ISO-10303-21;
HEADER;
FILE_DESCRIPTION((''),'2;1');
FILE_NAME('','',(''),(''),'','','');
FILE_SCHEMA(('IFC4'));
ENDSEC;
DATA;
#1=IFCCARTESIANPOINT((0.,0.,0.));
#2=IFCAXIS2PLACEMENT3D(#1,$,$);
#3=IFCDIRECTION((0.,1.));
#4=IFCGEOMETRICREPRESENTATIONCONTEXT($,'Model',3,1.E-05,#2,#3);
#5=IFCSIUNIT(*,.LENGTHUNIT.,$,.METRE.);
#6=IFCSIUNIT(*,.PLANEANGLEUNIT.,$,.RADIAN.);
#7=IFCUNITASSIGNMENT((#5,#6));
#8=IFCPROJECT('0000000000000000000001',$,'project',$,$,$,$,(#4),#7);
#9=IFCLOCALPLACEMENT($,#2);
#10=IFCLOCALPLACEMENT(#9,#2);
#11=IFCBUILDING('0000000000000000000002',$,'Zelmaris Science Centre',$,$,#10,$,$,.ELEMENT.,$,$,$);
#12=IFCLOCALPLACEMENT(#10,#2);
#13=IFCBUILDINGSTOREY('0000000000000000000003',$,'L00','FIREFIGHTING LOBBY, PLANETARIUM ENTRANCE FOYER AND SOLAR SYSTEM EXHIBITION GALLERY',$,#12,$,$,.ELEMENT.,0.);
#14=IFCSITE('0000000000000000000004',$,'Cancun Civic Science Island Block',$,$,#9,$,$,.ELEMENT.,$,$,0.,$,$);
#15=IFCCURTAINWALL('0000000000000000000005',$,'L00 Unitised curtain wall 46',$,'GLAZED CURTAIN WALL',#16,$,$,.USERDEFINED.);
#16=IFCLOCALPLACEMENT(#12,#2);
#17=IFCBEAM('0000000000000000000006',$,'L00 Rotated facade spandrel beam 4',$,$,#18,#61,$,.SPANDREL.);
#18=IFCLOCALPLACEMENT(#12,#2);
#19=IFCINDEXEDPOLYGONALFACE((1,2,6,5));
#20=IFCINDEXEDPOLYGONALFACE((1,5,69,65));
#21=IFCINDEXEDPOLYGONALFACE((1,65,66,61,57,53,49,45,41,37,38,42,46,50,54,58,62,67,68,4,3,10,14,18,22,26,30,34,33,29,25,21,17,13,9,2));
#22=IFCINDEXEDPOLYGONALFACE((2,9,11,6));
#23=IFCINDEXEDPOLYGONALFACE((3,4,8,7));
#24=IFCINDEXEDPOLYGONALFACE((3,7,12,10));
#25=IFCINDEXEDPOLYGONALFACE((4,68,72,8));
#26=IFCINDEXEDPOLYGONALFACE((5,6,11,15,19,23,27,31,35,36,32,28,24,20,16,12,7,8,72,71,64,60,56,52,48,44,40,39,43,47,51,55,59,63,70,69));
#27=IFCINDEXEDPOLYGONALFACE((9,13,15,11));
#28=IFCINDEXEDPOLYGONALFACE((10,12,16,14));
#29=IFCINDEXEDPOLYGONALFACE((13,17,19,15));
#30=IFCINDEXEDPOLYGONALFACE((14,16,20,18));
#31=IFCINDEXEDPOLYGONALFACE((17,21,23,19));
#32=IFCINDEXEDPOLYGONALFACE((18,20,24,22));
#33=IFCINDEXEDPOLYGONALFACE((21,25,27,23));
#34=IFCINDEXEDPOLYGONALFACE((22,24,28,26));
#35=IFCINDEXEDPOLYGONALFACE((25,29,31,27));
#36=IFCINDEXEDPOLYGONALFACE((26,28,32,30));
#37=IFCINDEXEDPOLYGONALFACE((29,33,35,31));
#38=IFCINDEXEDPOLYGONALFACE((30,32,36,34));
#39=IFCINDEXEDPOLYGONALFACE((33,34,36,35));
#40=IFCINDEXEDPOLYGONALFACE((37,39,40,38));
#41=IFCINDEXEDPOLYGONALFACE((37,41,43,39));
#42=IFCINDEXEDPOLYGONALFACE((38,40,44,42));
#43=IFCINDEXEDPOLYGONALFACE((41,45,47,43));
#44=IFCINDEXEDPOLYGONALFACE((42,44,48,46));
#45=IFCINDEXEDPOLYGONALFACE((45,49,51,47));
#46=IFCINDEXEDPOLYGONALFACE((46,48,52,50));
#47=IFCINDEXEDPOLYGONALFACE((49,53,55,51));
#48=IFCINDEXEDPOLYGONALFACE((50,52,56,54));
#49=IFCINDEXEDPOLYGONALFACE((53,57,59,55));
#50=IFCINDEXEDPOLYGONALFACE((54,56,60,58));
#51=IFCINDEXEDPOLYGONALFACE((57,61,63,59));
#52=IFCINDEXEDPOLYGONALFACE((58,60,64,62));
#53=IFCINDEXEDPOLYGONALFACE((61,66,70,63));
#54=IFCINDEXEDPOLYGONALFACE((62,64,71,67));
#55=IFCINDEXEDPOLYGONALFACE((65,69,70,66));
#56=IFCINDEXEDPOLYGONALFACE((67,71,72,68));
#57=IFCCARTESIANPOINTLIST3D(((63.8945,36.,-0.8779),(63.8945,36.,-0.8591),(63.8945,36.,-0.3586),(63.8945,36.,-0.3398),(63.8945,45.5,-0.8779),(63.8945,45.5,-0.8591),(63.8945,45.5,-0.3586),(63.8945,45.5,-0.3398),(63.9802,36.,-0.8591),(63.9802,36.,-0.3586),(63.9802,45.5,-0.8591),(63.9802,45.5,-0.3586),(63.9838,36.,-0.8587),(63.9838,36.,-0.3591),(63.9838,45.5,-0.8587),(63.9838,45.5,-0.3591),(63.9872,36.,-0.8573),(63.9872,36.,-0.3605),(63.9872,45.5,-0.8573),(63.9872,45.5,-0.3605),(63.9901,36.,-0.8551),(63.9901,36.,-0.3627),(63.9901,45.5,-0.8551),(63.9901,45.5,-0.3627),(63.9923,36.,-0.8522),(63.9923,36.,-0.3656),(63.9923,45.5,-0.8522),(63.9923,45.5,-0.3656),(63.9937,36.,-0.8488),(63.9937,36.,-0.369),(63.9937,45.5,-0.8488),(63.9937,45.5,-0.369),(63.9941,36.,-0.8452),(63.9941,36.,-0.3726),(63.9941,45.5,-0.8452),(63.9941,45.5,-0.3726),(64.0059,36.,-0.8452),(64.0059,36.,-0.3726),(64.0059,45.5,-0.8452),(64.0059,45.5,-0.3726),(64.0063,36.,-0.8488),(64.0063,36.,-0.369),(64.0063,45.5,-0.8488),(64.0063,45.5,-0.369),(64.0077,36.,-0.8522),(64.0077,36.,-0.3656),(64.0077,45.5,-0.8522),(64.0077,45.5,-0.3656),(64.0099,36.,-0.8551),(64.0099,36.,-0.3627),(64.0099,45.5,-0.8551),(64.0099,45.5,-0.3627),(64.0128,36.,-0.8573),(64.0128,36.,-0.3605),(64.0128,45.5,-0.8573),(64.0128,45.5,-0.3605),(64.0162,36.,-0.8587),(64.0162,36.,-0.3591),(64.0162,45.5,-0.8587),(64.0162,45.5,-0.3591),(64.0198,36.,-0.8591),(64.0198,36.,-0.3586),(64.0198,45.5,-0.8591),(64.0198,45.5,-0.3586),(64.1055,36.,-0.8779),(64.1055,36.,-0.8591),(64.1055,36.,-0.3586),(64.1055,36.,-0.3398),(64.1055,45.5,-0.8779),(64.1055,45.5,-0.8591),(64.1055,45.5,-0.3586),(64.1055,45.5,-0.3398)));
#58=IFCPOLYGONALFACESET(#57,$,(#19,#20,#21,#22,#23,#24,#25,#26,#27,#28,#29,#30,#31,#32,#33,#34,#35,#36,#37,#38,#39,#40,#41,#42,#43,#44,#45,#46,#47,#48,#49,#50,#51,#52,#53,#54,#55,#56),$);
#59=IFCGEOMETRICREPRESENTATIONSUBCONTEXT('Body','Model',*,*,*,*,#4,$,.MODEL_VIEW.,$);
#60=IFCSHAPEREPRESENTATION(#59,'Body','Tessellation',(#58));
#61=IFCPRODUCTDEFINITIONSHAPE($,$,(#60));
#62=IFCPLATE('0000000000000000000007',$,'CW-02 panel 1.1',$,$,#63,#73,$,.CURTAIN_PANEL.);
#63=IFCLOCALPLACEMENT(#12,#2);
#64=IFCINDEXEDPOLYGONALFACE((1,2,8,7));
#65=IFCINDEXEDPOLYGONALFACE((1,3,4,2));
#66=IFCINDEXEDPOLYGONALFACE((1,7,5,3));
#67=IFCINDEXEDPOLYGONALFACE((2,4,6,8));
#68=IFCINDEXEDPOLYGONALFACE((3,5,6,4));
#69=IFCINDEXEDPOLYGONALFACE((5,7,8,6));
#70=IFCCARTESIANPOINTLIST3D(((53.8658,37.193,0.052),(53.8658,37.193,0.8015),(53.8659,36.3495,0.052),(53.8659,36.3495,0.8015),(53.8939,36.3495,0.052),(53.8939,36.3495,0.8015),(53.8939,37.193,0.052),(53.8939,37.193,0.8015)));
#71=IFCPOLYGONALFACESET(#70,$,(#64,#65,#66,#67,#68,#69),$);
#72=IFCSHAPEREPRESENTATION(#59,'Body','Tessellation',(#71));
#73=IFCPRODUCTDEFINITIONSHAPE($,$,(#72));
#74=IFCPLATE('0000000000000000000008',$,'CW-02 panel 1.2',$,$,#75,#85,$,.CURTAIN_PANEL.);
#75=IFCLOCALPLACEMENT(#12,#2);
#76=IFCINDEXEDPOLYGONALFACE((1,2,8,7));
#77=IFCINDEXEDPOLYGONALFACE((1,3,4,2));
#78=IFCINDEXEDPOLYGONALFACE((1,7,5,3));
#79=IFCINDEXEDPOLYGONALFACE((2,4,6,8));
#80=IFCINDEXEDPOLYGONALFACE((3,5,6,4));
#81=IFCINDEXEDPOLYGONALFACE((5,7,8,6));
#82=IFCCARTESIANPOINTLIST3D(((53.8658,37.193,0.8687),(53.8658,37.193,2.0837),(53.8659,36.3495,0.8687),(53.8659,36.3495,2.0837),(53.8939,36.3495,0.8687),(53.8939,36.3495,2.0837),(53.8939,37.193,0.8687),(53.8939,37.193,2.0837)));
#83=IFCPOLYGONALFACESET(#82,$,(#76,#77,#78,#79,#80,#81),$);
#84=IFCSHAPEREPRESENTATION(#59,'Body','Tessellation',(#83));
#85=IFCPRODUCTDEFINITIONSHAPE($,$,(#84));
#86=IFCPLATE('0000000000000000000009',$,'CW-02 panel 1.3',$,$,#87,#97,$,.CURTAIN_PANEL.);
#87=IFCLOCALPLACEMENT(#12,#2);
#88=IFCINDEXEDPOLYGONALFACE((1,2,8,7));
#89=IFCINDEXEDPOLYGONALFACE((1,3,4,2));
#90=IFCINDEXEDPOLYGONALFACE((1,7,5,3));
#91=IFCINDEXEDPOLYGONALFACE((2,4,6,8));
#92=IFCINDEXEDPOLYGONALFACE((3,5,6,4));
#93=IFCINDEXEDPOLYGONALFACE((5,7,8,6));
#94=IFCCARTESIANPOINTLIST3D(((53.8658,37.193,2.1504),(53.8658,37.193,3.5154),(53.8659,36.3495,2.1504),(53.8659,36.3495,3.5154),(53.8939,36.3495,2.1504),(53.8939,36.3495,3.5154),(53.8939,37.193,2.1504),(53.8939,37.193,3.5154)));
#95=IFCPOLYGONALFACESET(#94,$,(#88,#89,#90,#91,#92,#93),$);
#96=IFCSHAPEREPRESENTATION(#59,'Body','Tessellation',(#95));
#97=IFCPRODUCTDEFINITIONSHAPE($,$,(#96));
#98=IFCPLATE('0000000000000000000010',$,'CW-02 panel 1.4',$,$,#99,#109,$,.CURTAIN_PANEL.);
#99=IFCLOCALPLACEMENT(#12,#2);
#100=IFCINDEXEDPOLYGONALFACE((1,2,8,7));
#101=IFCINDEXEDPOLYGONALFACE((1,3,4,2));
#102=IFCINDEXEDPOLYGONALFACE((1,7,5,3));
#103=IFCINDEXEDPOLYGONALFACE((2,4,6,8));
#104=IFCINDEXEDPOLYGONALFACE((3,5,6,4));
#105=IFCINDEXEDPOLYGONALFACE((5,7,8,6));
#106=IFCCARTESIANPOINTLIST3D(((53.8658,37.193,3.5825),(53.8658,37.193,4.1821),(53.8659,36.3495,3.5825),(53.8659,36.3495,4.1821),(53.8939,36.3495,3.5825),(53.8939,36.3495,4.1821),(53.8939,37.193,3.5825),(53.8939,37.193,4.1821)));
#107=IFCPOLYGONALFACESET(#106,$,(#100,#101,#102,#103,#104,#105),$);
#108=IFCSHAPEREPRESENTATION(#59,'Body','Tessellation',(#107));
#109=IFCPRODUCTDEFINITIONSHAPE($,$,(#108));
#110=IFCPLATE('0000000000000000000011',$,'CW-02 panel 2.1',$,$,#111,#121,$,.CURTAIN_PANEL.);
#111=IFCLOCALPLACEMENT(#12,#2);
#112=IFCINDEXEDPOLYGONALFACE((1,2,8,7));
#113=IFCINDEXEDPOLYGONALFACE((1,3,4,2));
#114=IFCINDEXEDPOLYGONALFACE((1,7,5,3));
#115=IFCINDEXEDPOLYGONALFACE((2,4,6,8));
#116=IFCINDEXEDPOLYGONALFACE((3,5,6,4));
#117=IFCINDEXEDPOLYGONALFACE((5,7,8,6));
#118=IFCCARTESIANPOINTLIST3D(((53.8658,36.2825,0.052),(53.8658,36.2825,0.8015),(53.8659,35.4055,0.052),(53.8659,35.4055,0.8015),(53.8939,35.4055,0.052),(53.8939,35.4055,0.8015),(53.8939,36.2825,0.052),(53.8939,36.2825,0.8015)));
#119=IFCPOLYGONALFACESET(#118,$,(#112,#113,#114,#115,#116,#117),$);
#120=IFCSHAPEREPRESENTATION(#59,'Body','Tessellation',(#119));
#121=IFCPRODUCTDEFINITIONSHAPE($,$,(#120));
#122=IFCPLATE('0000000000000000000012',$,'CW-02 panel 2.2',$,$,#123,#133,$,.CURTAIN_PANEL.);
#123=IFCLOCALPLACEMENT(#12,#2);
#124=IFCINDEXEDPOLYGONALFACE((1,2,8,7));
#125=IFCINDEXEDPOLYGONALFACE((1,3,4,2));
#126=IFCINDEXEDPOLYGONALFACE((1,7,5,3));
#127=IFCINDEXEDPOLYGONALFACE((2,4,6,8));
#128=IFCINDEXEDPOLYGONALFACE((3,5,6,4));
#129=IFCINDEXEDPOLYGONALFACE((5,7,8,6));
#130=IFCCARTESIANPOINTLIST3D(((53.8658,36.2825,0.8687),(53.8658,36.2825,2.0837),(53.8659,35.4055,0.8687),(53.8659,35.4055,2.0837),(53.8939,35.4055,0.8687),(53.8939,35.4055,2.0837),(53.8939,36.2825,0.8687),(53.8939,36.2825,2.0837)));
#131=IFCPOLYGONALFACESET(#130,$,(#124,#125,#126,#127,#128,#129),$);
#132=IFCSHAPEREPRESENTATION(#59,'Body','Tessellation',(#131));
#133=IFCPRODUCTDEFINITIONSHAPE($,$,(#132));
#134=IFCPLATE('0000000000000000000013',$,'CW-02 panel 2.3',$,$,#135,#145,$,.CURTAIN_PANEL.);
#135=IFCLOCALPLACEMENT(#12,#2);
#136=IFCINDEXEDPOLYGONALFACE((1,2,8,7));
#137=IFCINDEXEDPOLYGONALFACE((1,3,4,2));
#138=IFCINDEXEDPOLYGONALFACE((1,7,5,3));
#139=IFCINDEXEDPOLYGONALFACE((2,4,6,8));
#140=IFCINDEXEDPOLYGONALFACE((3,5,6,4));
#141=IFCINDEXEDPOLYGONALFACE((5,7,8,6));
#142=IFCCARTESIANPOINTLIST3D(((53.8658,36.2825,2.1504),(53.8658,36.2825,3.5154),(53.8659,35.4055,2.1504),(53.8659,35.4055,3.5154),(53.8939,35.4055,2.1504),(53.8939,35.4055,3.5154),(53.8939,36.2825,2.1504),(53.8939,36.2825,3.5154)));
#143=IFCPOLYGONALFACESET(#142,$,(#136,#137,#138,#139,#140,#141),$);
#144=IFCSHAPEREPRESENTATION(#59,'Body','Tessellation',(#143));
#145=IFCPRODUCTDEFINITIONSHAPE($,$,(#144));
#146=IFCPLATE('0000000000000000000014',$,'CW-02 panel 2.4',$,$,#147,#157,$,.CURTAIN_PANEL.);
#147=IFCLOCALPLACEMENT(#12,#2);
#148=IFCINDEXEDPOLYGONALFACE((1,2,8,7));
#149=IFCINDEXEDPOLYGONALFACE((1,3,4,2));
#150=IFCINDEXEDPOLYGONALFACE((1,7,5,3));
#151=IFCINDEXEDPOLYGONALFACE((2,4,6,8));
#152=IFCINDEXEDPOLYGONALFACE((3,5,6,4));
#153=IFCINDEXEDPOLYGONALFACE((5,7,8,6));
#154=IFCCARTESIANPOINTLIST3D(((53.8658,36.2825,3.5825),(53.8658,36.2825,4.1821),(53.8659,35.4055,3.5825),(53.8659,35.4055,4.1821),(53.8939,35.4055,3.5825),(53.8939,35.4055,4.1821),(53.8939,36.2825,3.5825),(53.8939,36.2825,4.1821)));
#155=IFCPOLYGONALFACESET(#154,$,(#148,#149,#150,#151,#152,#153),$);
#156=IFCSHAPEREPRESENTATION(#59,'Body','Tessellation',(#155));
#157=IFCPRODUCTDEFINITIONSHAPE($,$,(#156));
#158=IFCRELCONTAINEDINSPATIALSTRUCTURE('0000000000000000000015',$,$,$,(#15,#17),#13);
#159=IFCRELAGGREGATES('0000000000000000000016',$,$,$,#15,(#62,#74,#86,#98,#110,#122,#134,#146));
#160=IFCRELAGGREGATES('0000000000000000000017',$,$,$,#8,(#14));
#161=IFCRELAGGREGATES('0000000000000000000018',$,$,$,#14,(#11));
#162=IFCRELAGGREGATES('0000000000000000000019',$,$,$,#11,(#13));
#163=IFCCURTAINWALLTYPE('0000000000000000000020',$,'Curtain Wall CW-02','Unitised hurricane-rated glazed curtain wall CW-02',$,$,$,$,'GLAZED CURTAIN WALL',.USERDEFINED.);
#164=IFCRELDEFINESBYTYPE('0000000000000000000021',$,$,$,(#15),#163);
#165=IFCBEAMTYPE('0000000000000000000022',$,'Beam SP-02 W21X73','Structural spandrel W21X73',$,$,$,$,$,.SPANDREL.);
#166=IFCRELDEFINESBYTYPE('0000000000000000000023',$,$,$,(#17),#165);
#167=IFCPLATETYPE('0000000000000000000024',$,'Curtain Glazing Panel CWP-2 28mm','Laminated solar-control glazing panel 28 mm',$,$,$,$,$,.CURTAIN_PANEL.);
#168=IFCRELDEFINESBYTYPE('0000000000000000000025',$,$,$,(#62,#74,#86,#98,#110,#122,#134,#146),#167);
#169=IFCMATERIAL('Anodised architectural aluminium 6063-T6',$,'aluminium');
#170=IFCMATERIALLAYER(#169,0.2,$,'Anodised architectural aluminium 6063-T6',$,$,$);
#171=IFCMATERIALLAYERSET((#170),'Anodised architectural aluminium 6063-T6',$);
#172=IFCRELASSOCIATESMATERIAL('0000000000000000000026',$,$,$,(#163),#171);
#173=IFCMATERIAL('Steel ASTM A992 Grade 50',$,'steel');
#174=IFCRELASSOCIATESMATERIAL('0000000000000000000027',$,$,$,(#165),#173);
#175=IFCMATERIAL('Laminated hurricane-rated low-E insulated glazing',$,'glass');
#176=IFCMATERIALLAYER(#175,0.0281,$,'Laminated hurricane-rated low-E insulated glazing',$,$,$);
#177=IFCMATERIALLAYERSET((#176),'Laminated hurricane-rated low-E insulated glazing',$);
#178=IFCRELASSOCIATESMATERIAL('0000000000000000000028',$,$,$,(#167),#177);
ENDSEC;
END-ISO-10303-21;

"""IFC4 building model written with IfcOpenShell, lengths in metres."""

from ifc_helpers import new_model, si_unit, direction, frame, origin, origin_2d, place, context, subcontext, project, spatial, rectangle, i_section, extrude, material, layer, layer_set, material_profile, profile_set, type_object, element, aggregate, save


model = new_model("IFC4")

# Units and contexts
model_context = context("Model", 3, precision=1e-05, world=origin(), true_north=direction((0.0, 1.0)))
body_context = subcontext(model_context, "Body", "Model", "MODEL_VIEW")
ifc_project = project(units=[si_unit("LENGTHUNIT", "METRE"), si_unit("PLANEANGLEUNIT", "RADIAN")], contexts=[model_context])

# Site, building, storey
site_placement = place(None, origin())
site = spatial("IfcSite", under=ifc_project, at=site_placement, Name="Cancun Civic Science Island Block", CompositionType="ELEMENT", RefElevation=0.0)
building_placement = place(site_placement, origin())
building = spatial("IfcBuilding", under=site, at=building_placement, Name="Zelmaris Science Centre", CompositionType="ELEMENT")
storey_placement = place(building_placement, origin())
storey = spatial("IfcBuildingStorey", under=building, at=storey_placement, Name="L00", Description="FIREFIGHTING LOBBY, PLANETARIUM ENTRANCE FOYER AND SOLAR SYSTEM EXHIBITION GALLERY", CompositionType="ELEMENT", Elevation=0.0)

# Shared definitions
ifc_material_1 = material(Name="Steel ASTM A992 Grade 50", Category="steel")

# Curtain wall
ifc_material_2 = material(Name="Anodised architectural aluminium 6063-T6", Category="aluminium")
ifc_layer_1 = layer(ifc_material_2, 0.2, Name="Anodised architectural aluminium 6063-T6")
ifc_layer_set_1 = layer_set([ifc_layer_1], Name="Anodised architectural aluminium 6063-T6")
curtain_wall_type_1 = type_object("IfcCurtainWallType", Name="Curtain Wall CW-02", Description="Unitised hurricane-rated glazed curtain wall CW-02", ElementType="GLAZED CURTAIN WALL", PredefinedType="USERDEFINED", material=ifc_layer_set_1)
curtain_wall_1_placement = place(storey_placement, origin())
curtain_wall_1 = element("IfcCurtainWall", 1, at=curtain_wall_1_placement, inside=storey, type_object=curtain_wall_type_1, Name="L00 Unitised curtain wall 46", ObjectType="GLAZED CURTAIN WALL", PredefinedType="USERDEFINED")

# Beam
ifc_material_profile_1 = material_profile(ifc_material_1, i_section(OverallWidth=0.2109, OverallDepth=0.5381, WebThickness=0.0117, FlangeThickness=0.0188, FilletRadius=0.0139, at=origin_2d()), Name="W21X73")
ifc_profile_set_1 = profile_set([ifc_material_profile_1], Name="Steel ASTM A992 Grade 50")
beam_type = type_object("IfcBeamType", Name="Beam SP-02 W21X73", Description="Structural spandrel W21X73", PredefinedType="SPANDREL", material=ifc_profile_set_1)
beam_placement = place(storey_placement, frame((64.0, 45.5, -0.6089), z_axis=(0.0, -1.0, 0.0), x_axis=(1.0, 0.0, 0.0)))
element("IfcBeam", 2, at=beam_placement, inside=storey, type_object=beam_type, Name="L00 Rotated facade spandrel beam 4", PredefinedType="SPANDREL", context=body_context, shape_type="SweptSolid", body=[
    extrude(i_section(OverallWidth=0.2109, OverallDepth=0.5381, WebThickness=0.0117, FlangeThickness=0.0188, FilletRadius=0.0139, at=origin_2d()), origin(), (0.0, 0.0, 1.0), 9.5),
])

# Plates
ifc_material_3 = material(Name="Laminated hurricane-rated low-E insulated glazing", Category="glass")
ifc_layer_2 = layer(ifc_material_3, 0.0281, Name="Laminated hurricane-rated low-E insulated glazing")
ifc_layer_set_2 = layer_set([ifc_layer_2], Name="Laminated hurricane-rated low-E insulated glazing")
plate_type = type_object("IfcPlateType", Name="Curtain Glazing Panel CWP-2 28mm", Description="Laminated solar-control glazing panel 28 mm", PredefinedType="CURTAIN_PANEL", material=ifc_layer_set_2)
plate_1_placement = place(storey_placement, frame((53.8799, 36.7712, 0.052), z_axis=(0.0, 0.0, 1.0), x_axis=(0.000021, -1.0, 0.0)))
plate_1 = element("IfcPlate", 3, at=plate_1_placement, type_object=plate_type, Name="CW-02 panel 1.1", PredefinedType="CURTAIN_PANEL", context=body_context, shape_type="SweptSolid", body=[
    extrude(rectangle(XDim=0.8435, YDim=0.0281, at=origin_2d()), origin(), (0.0, 0.0, 1.0), 0.7495),
])
plate_2_placement = place(storey_placement, frame((53.8799, 36.7712, 0.8687), z_axis=(0.0, 0.0, 1.0), x_axis=(0.000021, -1.0, 0.0)))
plate_2 = element("IfcPlate", 4, at=plate_2_placement, type_object=plate_type, Name="CW-02 panel 1.2", PredefinedType="CURTAIN_PANEL", context=body_context, shape_type="SweptSolid", body=[
    extrude(rectangle(XDim=0.8435, YDim=0.0281, at=origin_2d()), origin(), (0.0, 0.0, 1.0), 1.2151),
])
plate_3_placement = place(storey_placement, frame((53.8799, 36.7712, 2.1504), z_axis=(0.0, 0.0, 1.0), x_axis=(0.000021, -1.0, 0.0)))
plate_3 = element("IfcPlate", 5, at=plate_3_placement, type_object=plate_type, Name="CW-02 panel 1.3", PredefinedType="CURTAIN_PANEL", context=body_context, shape_type="SweptSolid", body=[
    extrude(rectangle(XDim=0.8435, YDim=0.0281, at=origin_2d()), origin(), (0.0, 0.0, 1.0), 1.365),
])
plate_4_placement = place(storey_placement, frame((53.8799, 36.7712, 3.5825), z_axis=(0.0, 0.0, 1.0), x_axis=(0.000021, -1.0, 0.0)))
plate_4 = element("IfcPlate", 6, at=plate_4_placement, type_object=plate_type, Name="CW-02 panel 1.4", PredefinedType="CURTAIN_PANEL", context=body_context, shape_type="SweptSolid", body=[
    extrude(rectangle(XDim=0.8435, YDim=0.0281, at=origin_2d()), origin(), (0.0, 0.0, 1.0), 0.5996),
])
plate_5_placement = place(storey_placement, frame((53.8799, 35.844, 0.052), z_axis=(0.0, 0.0, 1.0), x_axis=(0.000021, -1.0, 0.0)))
plate_5 = element("IfcPlate", 7, at=plate_5_placement, type_object=plate_type, Name="CW-02 panel 2.1", PredefinedType="CURTAIN_PANEL", context=body_context, shape_type="SweptSolid", body=[
    extrude(rectangle(XDim=0.877, YDim=0.0281, at=origin_2d()), origin(), (0.0, 0.0, 1.0), 0.7495),
])
plate_6_placement = place(storey_placement, frame((53.8799, 35.844, 0.8687), z_axis=(0.0, 0.0, 1.0), x_axis=(0.000021, -1.0, 0.0)))
plate_6 = element("IfcPlate", 8, at=plate_6_placement, type_object=plate_type, Name="CW-02 panel 2.2", PredefinedType="CURTAIN_PANEL", context=body_context, shape_type="SweptSolid", body=[
    extrude(rectangle(XDim=0.877, YDim=0.0281, at=origin_2d()), origin(), (0.0, 0.0, 1.0), 1.2151),
])
plate_7_placement = place(storey_placement, frame((53.8799, 35.844, 2.1504), z_axis=(0.0, 0.0, 1.0), x_axis=(0.000021, -1.0, 0.0)))
plate_7 = element("IfcPlate", 9, at=plate_7_placement, type_object=plate_type, Name="CW-02 panel 2.3", PredefinedType="CURTAIN_PANEL", context=body_context, shape_type="SweptSolid", body=[
    extrude(rectangle(XDim=0.877, YDim=0.0281, at=origin_2d()), origin(), (0.0, 0.0, 1.0), 1.365),
])
plate_8_placement = place(storey_placement, frame((53.8799, 35.844, 3.5825), z_axis=(0.0, 0.0, 1.0), x_axis=(0.000021, -1.0, 0.0)))
plate_8 = element("IfcPlate", 10, at=plate_8_placement, type_object=plate_type, Name="CW-02 panel 2.4", PredefinedType="CURTAIN_PANEL", context=body_context, shape_type="SweptSolid", body=[
    extrude(rectangle(XDim=0.877, YDim=0.0281, at=origin_2d()), origin(), (0.0, 0.0, 1.0), 0.5996),
])
aggregate(curtain_wall_1, [plate_1, plate_2, plate_3, plate_4, plate_5, plate_6, plate_7, plate_8])

save(model, "model.ifc")
